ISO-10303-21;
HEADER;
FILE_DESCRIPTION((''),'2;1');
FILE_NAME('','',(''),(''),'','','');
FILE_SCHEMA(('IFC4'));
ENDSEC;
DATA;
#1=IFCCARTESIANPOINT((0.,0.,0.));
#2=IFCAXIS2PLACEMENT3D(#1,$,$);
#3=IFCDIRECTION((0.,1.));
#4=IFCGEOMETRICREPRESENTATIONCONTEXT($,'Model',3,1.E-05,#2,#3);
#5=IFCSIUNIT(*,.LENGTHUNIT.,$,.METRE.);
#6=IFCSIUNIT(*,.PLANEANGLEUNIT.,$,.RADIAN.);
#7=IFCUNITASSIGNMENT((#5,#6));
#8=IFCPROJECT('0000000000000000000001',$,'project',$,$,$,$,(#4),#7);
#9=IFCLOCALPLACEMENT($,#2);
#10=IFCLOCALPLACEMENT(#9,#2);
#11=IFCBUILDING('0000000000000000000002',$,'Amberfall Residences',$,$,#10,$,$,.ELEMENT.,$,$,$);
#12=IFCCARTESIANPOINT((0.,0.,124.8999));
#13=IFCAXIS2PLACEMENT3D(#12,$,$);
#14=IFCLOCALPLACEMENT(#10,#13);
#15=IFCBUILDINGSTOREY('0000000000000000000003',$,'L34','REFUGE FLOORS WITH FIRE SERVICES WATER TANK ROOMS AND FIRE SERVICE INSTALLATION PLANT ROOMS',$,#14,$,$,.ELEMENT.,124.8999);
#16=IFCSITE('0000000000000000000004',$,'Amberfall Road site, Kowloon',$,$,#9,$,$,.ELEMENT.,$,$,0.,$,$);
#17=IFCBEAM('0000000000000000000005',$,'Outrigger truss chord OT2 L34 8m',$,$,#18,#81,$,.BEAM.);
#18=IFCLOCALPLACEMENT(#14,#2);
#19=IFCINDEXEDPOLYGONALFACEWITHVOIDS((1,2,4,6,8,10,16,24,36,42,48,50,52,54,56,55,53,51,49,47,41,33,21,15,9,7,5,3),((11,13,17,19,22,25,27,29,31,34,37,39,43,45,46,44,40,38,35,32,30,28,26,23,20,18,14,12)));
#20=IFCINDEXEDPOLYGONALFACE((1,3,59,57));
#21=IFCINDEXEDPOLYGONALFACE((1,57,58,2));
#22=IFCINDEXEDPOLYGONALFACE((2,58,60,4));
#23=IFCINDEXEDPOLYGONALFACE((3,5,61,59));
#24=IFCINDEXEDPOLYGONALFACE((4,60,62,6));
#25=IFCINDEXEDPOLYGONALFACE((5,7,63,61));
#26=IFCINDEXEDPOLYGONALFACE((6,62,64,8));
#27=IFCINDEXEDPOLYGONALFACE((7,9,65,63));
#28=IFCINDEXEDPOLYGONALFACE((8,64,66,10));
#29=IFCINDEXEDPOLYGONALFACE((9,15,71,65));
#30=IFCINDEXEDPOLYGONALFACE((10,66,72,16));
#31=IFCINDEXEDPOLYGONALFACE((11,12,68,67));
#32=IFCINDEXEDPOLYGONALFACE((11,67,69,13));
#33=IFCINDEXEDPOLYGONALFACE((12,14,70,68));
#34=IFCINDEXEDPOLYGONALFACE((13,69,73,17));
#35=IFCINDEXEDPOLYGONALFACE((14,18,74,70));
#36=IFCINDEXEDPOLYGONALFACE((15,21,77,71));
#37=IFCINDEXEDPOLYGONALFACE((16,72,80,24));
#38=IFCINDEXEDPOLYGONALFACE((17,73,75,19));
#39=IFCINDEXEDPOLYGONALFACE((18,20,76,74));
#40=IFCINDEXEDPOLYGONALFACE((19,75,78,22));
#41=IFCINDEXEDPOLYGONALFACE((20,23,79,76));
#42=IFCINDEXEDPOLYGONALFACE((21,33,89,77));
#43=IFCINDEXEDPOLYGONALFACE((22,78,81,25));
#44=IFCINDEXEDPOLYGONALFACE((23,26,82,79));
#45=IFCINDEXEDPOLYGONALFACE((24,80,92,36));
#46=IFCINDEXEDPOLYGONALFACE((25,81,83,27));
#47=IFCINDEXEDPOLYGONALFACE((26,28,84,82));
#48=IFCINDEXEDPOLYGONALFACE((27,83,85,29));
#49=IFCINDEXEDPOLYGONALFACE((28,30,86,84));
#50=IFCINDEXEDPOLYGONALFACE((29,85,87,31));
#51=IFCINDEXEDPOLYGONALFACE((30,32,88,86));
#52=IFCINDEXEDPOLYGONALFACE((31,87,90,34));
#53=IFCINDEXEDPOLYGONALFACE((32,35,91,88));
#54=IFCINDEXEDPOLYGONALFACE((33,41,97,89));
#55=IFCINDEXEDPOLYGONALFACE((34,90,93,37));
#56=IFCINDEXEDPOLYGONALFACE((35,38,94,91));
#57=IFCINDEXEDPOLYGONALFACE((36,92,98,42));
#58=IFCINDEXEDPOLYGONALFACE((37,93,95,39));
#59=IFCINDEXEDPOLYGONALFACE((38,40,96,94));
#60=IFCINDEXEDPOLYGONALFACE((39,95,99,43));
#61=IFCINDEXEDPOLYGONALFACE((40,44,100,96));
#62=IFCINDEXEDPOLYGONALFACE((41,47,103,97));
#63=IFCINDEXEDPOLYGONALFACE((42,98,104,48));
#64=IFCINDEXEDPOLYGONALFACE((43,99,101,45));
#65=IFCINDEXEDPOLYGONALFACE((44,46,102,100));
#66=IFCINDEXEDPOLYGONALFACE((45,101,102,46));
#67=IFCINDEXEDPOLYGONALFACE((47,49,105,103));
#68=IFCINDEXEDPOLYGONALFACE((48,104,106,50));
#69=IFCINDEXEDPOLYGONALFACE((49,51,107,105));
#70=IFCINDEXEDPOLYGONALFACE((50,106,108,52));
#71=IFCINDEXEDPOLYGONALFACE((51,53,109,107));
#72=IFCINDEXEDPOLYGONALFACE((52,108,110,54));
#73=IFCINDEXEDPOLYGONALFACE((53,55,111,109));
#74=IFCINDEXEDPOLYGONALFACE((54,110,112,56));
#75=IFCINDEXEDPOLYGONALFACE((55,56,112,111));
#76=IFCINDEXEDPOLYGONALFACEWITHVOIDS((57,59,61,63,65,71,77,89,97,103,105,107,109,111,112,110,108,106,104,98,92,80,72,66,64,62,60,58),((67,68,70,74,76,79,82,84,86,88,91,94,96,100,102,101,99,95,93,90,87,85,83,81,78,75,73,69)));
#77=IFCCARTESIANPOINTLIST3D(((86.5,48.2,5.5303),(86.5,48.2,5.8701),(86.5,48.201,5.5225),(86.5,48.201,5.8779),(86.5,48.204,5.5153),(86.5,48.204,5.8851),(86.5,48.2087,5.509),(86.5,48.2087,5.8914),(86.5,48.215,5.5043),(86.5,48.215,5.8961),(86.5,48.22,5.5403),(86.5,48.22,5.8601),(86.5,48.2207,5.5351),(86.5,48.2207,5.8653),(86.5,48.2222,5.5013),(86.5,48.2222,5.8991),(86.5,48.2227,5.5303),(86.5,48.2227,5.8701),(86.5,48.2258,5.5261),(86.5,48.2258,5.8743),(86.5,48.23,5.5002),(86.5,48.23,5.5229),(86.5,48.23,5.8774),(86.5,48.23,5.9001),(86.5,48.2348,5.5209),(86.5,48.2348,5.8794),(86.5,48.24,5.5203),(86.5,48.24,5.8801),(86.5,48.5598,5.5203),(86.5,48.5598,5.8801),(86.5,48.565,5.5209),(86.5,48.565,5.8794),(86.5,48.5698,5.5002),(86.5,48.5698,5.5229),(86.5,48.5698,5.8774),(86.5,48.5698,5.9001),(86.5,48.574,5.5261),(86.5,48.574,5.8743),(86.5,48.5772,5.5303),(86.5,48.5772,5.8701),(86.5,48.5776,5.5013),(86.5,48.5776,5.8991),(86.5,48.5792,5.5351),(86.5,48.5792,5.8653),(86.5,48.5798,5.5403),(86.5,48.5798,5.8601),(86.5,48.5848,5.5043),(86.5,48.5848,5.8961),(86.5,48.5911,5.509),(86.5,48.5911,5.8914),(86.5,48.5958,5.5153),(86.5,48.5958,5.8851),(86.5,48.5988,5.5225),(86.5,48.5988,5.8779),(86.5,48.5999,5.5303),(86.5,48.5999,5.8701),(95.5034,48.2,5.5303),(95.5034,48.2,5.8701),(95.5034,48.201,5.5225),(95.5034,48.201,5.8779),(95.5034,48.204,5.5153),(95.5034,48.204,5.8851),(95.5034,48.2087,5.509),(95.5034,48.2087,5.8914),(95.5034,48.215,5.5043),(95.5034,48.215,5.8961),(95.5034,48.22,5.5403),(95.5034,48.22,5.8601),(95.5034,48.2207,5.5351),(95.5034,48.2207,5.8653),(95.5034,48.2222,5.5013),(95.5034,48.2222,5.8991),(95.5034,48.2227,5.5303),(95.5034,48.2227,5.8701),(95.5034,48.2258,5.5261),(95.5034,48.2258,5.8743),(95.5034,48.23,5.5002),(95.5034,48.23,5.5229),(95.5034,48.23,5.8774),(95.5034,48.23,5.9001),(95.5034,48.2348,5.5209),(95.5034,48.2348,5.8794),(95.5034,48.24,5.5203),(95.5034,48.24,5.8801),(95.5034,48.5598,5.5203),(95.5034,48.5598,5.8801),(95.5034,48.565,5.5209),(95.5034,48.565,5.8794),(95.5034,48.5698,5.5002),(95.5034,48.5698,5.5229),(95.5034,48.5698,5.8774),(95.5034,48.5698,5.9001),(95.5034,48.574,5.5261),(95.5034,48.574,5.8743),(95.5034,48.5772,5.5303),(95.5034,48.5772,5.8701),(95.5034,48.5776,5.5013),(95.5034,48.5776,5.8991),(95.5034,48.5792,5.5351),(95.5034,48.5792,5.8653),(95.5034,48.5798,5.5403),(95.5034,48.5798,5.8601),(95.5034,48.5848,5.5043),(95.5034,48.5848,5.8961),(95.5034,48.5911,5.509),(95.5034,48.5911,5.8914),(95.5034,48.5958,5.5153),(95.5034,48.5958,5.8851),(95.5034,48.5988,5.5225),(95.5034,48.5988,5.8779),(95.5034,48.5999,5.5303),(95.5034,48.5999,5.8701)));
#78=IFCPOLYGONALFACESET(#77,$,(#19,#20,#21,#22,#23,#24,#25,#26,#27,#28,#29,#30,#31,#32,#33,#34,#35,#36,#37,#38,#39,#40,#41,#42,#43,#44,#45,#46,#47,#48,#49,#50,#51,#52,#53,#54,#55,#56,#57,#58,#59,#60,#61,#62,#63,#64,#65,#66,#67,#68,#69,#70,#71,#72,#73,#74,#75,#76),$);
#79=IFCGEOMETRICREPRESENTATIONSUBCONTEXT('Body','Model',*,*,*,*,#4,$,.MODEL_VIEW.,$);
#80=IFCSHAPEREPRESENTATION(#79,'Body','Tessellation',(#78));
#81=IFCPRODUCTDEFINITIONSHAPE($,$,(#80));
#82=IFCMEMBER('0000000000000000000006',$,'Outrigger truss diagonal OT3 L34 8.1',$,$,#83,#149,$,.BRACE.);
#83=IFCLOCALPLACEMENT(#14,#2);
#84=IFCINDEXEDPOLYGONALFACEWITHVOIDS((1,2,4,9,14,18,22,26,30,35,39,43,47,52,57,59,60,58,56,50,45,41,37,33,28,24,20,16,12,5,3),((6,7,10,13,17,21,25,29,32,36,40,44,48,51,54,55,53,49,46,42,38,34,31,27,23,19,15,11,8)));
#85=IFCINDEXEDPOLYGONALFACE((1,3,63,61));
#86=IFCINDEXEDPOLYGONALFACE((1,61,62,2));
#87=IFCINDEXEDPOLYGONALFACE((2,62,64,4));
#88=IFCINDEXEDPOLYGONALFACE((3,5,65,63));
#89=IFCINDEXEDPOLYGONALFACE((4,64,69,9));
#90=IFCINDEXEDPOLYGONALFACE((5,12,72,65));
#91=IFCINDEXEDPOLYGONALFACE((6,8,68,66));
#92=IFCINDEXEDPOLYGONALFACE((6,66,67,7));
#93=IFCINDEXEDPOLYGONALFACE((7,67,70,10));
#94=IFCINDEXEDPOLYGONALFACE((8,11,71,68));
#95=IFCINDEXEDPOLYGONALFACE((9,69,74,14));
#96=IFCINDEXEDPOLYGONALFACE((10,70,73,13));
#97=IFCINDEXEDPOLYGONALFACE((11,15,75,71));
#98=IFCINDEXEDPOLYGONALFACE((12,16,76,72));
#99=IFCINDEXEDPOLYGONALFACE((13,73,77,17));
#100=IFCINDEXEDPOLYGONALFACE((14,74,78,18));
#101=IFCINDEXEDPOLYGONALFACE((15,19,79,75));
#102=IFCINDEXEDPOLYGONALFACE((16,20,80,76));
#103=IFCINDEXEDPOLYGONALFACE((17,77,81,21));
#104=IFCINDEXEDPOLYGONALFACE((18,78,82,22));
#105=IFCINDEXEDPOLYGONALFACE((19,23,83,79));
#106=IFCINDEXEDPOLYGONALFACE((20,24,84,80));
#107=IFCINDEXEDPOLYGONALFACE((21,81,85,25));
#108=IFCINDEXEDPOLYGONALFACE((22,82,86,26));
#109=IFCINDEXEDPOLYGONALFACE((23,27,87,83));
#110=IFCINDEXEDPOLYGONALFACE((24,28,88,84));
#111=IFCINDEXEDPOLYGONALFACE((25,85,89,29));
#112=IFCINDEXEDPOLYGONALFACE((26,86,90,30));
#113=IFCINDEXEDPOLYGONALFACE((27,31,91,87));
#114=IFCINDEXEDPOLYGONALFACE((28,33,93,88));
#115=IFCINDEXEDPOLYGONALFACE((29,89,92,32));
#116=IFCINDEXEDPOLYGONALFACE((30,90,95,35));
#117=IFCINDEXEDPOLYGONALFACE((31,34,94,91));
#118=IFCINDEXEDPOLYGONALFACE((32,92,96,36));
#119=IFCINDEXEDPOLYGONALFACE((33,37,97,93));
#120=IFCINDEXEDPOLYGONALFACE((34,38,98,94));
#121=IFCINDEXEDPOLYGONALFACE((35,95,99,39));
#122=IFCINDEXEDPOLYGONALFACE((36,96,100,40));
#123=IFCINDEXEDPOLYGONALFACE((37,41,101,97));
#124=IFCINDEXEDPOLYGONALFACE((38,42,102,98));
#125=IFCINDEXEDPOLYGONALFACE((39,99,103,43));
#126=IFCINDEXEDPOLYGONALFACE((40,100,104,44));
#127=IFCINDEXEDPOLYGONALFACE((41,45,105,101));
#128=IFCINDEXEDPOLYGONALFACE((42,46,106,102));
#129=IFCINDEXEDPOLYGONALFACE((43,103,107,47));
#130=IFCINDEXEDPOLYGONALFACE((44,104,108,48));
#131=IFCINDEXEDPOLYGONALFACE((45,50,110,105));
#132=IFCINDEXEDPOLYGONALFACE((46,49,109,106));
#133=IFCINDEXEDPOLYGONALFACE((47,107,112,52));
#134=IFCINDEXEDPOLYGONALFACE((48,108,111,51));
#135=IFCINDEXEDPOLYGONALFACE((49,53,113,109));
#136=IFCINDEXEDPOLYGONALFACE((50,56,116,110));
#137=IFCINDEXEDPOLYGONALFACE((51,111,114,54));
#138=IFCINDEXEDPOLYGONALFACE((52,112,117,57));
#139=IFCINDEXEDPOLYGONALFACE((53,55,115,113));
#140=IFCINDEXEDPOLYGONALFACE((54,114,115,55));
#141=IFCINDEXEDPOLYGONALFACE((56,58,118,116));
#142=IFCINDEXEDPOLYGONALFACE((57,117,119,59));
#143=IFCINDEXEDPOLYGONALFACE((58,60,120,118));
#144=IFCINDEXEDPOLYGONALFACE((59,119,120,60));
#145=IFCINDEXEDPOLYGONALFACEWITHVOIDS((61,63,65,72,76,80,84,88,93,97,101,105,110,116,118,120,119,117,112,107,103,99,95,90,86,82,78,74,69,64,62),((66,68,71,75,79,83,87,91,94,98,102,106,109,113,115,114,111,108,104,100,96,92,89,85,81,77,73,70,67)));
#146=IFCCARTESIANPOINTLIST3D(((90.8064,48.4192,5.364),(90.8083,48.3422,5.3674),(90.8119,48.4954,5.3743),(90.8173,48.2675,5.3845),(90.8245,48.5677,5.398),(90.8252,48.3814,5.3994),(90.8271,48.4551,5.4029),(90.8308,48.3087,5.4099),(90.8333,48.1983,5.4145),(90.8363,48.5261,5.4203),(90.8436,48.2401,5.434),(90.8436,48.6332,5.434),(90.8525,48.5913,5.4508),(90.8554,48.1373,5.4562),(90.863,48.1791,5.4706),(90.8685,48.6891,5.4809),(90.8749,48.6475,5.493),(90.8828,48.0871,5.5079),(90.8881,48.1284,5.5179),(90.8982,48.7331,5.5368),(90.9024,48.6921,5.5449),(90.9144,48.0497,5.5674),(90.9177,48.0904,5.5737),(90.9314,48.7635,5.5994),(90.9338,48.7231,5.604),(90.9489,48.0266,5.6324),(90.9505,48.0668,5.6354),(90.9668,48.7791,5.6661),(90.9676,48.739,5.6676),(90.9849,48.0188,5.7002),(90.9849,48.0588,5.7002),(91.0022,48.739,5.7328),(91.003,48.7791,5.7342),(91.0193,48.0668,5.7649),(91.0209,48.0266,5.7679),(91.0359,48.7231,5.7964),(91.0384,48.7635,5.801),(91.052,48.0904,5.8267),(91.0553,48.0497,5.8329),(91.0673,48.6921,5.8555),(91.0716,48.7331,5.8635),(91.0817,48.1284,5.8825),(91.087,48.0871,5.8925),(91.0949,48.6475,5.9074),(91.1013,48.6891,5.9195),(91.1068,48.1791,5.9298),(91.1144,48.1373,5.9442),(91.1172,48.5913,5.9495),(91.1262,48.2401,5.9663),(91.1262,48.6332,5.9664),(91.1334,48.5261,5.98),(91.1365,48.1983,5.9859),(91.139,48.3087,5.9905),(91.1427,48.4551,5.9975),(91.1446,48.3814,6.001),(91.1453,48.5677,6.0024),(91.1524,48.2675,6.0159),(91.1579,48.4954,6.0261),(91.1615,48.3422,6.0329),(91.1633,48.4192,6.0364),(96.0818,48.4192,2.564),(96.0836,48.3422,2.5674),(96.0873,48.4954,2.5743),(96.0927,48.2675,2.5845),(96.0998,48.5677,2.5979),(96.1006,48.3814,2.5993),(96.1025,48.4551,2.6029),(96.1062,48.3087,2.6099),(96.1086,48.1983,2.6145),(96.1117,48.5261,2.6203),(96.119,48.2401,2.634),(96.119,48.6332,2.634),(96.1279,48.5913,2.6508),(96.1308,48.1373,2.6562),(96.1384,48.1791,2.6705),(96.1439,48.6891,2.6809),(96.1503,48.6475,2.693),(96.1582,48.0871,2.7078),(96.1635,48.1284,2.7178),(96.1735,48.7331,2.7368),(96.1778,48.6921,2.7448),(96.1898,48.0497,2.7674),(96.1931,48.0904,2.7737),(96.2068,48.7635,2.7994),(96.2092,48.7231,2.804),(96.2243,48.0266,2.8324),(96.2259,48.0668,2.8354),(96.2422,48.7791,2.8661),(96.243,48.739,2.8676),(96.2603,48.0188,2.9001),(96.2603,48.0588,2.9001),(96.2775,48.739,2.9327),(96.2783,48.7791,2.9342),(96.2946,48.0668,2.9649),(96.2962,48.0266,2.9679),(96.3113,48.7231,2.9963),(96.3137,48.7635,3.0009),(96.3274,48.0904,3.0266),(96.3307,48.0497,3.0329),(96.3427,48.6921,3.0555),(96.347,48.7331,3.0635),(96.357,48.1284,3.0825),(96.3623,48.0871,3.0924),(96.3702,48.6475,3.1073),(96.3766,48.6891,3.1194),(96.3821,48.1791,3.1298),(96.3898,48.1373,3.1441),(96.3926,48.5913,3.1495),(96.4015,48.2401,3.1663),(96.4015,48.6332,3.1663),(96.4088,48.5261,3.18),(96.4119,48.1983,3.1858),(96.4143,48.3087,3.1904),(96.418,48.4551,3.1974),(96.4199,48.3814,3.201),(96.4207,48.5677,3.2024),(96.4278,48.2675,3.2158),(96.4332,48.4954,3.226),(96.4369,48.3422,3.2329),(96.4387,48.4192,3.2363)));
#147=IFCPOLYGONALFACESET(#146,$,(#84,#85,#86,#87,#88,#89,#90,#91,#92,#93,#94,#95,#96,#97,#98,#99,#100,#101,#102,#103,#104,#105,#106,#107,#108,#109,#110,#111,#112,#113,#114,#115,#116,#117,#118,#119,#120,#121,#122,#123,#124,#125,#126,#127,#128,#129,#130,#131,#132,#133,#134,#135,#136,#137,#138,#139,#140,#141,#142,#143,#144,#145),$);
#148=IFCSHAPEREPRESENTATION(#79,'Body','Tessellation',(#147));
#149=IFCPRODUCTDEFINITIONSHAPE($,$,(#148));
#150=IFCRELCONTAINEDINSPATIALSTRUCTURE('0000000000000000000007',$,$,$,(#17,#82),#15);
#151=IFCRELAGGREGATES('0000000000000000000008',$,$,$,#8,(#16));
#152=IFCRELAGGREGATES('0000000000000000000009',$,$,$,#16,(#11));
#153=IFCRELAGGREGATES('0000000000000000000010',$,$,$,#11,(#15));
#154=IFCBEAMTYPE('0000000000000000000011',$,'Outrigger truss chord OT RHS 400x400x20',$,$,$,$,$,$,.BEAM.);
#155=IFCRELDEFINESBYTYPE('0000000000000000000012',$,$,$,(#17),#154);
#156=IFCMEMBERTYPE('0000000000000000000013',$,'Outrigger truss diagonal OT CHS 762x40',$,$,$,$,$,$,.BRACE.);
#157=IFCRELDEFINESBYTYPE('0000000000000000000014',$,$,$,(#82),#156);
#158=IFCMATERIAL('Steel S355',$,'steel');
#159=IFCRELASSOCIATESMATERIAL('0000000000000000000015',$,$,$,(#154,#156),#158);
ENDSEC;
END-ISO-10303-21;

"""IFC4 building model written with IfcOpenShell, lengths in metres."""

from ifc_helpers import new_model, si_unit, direction, frame, origin, origin_2d, place, context, subcontext, project, spatial, hollow_rectangle, hollow_circle, extrude, material, material_profile, profile_set, type_object, element, save


model = new_model("IFC4")

# Units and contexts
model_context = context("Model", 3, precision=1e-05, world=origin(), true_north=direction((0.0, 1.0)))
body_context = subcontext(model_context, "Body", "Model", "MODEL_VIEW")
ifc_project = project(units=[si_unit("LENGTHUNIT", "METRE"), si_unit("PLANEANGLEUNIT", "RADIAN")], contexts=[model_context])

# Site, building, storey
site_placement = place(None, origin())
site = spatial("IfcSite", under=ifc_project, at=site_placement, Name="Amberfall Road site, Kowloon", CompositionType="ELEMENT", RefElevation=0.0)
building_placement = place(site_placement, origin())
building = spatial("IfcBuilding", under=site, at=building_placement, Name="Amberfall Residences", CompositionType="ELEMENT")
storey_placement = place(building_placement, frame((0.0, 0.0, 124.8999)))
storey = spatial("IfcBuildingStorey", under=building, at=storey_placement, Name="L34", Description="REFUGE FLOORS WITH FIRE SERVICES WATER TANK ROOMS AND FIRE SERVICE INSTALLATION PLANT ROOMS", CompositionType="ELEMENT", Elevation=124.8999)

# Shared definitions
ifc_material_1 = material(Name="Steel S355", Category="steel")

# Beam
ifc_material_profile_1 = material_profile(ifc_material_1, hollow_rectangle(XDim=0.3999, YDim=0.3999, WallThickness=0.02, InnerFilletRadius=0.02, OuterFilletRadius=0.03, at=origin_2d()), Name="RHS 400x400x20")
ifc_profile_set_1 = profile_set([ifc_material_profile_1], Name="Steel S355")
beam_type_1 = type_object("IfcBeamType", Name="Outrigger truss chord OT RHS 400x400x20", PredefinedType="BEAM", material=ifc_profile_set_1)
beam_1_placement = place(storey_placement, frame((95.5034, 48.3999, 5.7002), z_axis=(-1.0, 0.0, 0.0), x_axis=(0.0, -1.0, 0.0)))
element("IfcBeam", 1, at=beam_1_placement, inside=storey, type_object=beam_type_1, Name="Outrigger truss chord OT2 L34 8m", PredefinedType="BEAM", context=body_context, shape_type="SweptSolid", body=[
    extrude(hollow_rectangle(XDim=0.3999, YDim=0.3999, WallThickness=0.02, InnerFilletRadius=0.02, OuterFilletRadius=0.03, at=origin_2d()), origin(), (0.0, 0.0, 1.0), 9.0034),
])

# Member
ifc_material_profile_2 = material_profile(ifc_material_1, hollow_circle(Radius=0.3811, WallThickness=0.04, at=origin_2d()), Name="CHS 762x40")
ifc_profile_set_2 = profile_set([ifc_material_profile_2], Name="Steel S355")
member_type_1 = type_object("IfcMemberType", Name="Outrigger truss diagonal OT CHS 762x40", PredefinedType="BRACE", material=ifc_profile_set_2)
member_1_placement = place(storey_placement, frame((96.2603, 48.3999, 2.9001), z_axis=(-0.883289, 0.0, 0.468828), x_axis=(0.0, -1.0, 0.0)))
element("IfcMember", 2, at=member_1_placement, inside=storey, type_object=member_type_1, Name="Outrigger truss diagonal OT3 L34 8.1", PredefinedType="BRACE", context=body_context, shape_type="SweptSolid", body=[
    extrude(hollow_circle(Radius=0.3811, WallThickness=0.04, at=origin_2d()), origin(), (0.0, 0.0, 1.0), 5.9724),
])

save(model, "model.ifc")
